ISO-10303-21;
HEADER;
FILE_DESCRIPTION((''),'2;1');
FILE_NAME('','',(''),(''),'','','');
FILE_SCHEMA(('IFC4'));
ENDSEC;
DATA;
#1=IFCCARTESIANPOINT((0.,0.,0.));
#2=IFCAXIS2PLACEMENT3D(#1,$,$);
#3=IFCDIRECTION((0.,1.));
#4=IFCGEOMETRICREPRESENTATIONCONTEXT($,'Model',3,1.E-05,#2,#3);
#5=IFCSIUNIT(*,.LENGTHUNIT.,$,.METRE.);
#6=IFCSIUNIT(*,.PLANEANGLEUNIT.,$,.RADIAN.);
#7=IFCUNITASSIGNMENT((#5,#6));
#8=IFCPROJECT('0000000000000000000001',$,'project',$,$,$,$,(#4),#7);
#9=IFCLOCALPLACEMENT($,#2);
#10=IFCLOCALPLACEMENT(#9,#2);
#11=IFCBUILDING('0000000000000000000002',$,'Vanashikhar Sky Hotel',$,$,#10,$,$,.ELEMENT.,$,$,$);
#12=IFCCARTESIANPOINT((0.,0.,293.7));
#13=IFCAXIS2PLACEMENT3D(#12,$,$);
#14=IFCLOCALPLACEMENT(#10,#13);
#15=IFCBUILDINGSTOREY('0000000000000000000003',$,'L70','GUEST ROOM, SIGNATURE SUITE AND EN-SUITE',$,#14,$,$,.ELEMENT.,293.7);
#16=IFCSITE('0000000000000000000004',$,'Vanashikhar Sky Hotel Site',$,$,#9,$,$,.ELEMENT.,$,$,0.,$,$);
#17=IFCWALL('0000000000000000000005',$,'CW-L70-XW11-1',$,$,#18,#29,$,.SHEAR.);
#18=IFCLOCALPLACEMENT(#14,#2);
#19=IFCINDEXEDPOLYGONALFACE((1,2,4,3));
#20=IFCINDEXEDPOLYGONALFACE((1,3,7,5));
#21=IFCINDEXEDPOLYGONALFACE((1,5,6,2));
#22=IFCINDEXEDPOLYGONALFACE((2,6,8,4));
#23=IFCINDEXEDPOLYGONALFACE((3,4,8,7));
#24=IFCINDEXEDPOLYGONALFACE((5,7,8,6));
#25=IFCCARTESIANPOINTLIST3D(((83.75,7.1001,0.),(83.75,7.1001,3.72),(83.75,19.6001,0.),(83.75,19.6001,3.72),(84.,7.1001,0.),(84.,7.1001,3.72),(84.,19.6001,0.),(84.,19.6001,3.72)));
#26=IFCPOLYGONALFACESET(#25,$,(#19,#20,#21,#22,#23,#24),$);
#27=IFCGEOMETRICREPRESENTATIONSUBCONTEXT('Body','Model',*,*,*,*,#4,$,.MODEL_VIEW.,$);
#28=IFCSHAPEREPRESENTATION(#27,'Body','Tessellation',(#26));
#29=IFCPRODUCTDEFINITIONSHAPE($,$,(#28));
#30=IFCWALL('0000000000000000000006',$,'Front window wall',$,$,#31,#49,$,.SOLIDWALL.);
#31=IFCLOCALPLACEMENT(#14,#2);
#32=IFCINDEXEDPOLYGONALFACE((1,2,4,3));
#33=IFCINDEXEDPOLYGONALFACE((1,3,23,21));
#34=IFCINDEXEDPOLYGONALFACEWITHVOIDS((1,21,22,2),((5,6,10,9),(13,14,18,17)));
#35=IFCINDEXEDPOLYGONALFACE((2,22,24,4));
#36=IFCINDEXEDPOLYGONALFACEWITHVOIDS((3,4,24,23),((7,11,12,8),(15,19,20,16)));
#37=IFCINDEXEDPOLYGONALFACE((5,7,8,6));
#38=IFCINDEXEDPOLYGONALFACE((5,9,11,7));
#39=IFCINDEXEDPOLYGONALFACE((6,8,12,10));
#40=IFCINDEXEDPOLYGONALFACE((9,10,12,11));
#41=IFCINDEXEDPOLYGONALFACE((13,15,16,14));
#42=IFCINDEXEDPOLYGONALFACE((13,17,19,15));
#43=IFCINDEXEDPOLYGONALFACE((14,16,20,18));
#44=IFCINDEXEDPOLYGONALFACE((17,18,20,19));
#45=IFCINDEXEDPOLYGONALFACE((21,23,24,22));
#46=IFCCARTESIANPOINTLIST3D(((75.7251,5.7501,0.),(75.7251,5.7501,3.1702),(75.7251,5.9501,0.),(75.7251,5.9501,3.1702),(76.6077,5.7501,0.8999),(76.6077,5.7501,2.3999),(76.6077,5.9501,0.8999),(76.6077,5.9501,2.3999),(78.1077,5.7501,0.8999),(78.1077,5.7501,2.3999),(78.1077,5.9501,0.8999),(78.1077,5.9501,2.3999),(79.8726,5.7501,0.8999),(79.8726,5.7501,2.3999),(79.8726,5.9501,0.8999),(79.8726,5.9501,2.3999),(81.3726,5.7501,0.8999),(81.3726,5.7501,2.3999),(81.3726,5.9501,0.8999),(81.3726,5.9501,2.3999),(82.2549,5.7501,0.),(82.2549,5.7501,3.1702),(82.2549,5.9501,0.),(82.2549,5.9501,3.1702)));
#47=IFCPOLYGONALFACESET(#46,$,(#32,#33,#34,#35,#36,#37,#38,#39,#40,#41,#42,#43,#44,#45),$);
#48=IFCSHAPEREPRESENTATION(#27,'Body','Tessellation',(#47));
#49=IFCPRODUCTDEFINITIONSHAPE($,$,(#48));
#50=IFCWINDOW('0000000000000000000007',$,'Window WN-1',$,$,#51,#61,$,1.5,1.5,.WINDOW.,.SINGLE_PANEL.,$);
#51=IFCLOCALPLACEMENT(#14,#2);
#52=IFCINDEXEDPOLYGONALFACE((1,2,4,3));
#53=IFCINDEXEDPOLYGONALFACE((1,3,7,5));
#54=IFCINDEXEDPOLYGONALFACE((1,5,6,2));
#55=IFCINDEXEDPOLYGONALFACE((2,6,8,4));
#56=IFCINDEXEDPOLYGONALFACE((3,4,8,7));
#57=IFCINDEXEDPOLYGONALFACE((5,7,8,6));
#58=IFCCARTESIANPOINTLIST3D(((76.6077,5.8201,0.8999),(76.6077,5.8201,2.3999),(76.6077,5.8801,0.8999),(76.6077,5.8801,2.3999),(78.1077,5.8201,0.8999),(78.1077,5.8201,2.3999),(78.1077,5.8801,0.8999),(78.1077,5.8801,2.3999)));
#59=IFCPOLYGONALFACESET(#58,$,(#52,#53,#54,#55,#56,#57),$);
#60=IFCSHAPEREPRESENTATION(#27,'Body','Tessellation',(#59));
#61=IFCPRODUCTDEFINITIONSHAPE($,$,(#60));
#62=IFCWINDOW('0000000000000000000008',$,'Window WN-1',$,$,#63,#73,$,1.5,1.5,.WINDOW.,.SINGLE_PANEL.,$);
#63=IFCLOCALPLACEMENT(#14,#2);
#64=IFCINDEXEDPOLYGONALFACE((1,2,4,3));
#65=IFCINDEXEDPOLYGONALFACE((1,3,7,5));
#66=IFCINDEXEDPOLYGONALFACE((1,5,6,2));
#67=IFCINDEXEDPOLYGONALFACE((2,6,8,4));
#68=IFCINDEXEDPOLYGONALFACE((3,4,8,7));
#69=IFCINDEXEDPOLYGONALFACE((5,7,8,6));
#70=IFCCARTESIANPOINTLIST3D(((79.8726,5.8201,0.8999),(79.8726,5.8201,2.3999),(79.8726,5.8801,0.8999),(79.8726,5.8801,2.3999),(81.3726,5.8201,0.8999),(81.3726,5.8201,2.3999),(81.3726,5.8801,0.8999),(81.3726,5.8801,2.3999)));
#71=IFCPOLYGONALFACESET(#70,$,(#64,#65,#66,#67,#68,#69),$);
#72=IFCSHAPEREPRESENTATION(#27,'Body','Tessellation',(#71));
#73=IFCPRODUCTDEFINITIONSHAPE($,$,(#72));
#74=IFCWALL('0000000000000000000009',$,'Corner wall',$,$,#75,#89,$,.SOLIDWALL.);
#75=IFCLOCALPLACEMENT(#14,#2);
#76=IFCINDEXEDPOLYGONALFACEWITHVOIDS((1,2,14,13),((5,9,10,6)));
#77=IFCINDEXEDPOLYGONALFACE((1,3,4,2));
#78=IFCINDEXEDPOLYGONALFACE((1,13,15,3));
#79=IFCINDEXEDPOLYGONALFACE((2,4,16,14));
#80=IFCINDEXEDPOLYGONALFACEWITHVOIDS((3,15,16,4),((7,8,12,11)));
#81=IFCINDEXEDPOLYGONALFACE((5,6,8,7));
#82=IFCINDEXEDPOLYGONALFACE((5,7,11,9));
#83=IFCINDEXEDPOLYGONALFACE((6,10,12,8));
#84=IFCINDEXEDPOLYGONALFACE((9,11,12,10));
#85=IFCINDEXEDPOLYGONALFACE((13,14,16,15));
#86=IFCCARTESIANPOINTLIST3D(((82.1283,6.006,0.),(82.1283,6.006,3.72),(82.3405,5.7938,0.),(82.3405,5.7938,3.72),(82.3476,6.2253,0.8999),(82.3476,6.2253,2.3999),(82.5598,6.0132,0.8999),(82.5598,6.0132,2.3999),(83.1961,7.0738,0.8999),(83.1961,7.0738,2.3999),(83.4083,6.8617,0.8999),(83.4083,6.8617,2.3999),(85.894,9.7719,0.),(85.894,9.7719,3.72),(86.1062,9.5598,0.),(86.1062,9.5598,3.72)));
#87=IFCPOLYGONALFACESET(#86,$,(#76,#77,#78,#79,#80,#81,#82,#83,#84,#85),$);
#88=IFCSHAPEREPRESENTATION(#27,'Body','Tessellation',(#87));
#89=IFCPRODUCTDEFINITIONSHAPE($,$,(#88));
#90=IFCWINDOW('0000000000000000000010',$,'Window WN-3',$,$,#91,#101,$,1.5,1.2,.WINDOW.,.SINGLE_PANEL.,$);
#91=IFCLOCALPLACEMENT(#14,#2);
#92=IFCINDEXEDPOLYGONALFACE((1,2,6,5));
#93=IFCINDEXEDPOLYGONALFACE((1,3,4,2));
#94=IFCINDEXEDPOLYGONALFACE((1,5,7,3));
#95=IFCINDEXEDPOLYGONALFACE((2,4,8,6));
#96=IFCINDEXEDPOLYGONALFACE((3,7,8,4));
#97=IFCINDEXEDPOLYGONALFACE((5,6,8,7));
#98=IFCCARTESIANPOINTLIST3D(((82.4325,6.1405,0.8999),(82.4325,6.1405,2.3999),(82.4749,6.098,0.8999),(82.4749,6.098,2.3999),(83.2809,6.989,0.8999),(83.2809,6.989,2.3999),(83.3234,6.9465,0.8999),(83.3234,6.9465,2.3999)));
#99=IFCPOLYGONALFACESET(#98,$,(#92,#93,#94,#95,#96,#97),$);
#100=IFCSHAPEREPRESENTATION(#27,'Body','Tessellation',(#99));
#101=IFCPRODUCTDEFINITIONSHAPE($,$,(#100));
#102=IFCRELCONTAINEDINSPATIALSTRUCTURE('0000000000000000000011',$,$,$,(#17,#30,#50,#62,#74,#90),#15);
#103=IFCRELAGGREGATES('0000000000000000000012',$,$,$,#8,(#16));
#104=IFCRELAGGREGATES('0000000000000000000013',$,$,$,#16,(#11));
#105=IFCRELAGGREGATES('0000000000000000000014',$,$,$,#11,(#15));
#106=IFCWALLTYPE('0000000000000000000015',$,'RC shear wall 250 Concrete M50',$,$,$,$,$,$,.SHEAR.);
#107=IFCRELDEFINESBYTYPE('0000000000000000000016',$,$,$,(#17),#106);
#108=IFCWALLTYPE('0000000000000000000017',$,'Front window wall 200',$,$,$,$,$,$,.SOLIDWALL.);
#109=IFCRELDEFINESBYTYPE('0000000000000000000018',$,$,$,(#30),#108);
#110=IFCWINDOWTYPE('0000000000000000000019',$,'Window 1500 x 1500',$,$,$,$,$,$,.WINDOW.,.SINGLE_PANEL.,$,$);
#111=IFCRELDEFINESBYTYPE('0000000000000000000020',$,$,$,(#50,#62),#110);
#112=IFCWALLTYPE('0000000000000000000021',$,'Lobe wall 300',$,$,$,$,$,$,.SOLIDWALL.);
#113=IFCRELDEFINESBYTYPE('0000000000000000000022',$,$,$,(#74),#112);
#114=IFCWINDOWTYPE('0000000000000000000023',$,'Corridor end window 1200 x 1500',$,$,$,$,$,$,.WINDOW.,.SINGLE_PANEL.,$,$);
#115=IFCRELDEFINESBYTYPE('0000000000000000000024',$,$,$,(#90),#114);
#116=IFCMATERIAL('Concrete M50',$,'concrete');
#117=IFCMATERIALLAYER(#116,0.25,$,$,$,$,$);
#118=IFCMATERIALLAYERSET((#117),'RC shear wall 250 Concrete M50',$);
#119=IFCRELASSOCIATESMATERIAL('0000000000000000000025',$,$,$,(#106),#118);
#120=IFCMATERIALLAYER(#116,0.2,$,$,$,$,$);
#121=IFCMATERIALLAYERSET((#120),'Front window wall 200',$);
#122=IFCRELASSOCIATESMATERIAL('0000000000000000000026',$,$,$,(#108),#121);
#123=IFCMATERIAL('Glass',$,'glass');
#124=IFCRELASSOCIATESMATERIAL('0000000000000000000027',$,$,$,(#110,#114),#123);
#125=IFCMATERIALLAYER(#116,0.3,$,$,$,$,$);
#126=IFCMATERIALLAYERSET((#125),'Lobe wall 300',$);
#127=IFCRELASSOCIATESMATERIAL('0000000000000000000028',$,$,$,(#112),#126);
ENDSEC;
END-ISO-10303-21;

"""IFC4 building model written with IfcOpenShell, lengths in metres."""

from ifc_helpers import new_model, si_unit, direction, frame, frame_2d, origin, place, context, subcontext, project, spatial, rectangle, extrude, source, transform, mapped, material, layer, layer_set, type_object, element, fill, save


model = new_model("IFC4")

# Units and contexts
model_context = context("Model", 3, precision=1e-05, world=origin(), true_north=direction((0.0, 1.0)))
body_context = subcontext(model_context, "Body", "Model", "MODEL_VIEW")
ifc_project = project(units=[si_unit("LENGTHUNIT", "METRE"), si_unit("PLANEANGLEUNIT", "RADIAN")], contexts=[model_context])

# Site, building, storey
site_placement = place(None, origin())
site = spatial("IfcSite", under=ifc_project, at=site_placement, Name="Vanashikhar Sky Hotel Site", CompositionType="ELEMENT", RefElevation=0.0)
building_placement = place(site_placement, origin())
building = spatial("IfcBuilding", under=site, at=building_placement, Name="Vanashikhar Sky Hotel", CompositionType="ELEMENT")
storey_placement = place(building_placement, frame((0.0, 0.0, 293.7)))
storey = spatial("IfcBuildingStorey", under=building, at=storey_placement, Name="L70", Description="GUEST ROOM, SIGNATURE SUITE AND EN-SUITE", CompositionType="ELEMENT", Elevation=293.7)

# Wall
ifc_material_1 = material(Name="Concrete M50", Category="concrete")
ifc_layer_1 = layer(ifc_material_1, 0.25)
ifc_layer_set_1 = layer_set([ifc_layer_1], Name="RC shear wall 250 Concrete M50")
wall_type_1 = type_object("IfcWallType", Name="RC shear wall 250 Concrete M50", PredefinedType="SHEAR", material=ifc_layer_set_1)
shared_shape_1 = source(origin(), body_context, "Body", "SweptSolid", [
    extrude(rectangle(XDim=12.5, YDim=0.25, at=frame_2d((6.25, 0.0))), origin(), (0.0, 0.0, 1.0), 3.72),
])
wall_1_placement = place(storey_placement, frame((83.875, 7.1001, 0.0), z_axis=(0.0, 0.0, 1.0), x_axis=(0.0, 1.0, 0.0)))
element("IfcWall", 1, at=wall_1_placement, inside=storey, type_object=wall_type_1, Name="CW-L70-XW11-1", PredefinedType="SHEAR", context=body_context, shape_type="MappedRepresentation", body=[
    mapped(shared_shape_1, transform((0.0, 0.0, 0.0), scale=1.0)),
])

# Wall, openings, windows
ifc_layer_2 = layer(ifc_material_1, 0.2)
ifc_layer_set_2 = layer_set([ifc_layer_2], Name="Front window wall 200")
wall_type_2 = type_object("IfcWallType", Name="Front window wall 200", PredefinedType="SOLIDWALL", material=ifc_layer_set_2)
shared_shape_2 = source(origin(), body_context, "Body", "SweptSolid", [
    extrude(rectangle(XDim=6.5298, YDim=0.2, at=frame_2d((3.2649, 0.0))), origin(), (0.0, 0.0, 1.0), 3.1702),
])
wall_2_placement = place(storey_placement, frame((75.7251, 5.8501, 0.0), z_axis=(0.0, 0.0, 1.0), x_axis=(1.0, 0.0, 0.0)))
wall_2 = element("IfcWall", 2, at=wall_2_placement, inside=storey, type_object=wall_type_2, Name="Front window wall", PredefinedType="SOLIDWALL", context=body_context, shape_type="MappedRepresentation", body=[
    mapped(shared_shape_2, transform((0.0, 0.0, 0.0), scale=1.0)),
])
shared_shape_3 = source(origin(), body_context, "Body", "SweptSolid", [
    extrude(rectangle(XDim=1.5, YDim=1.5, at=frame_2d((0.75, 0.75))), frame((0.0, 0.1099, 0.0), z_axis=(0.0, -1.0, 0.0), x_axis=(1.0, 0.0, 0.0)), (0.0, 0.0, 1.0), 0.22),
])
opening_1_placement = place(wall_2_placement, frame((0.8826, 0.0, 0.8999)))
opening_1 = element("IfcOpeningElement", 3, at=opening_1_placement, cuts=wall_2, PredefinedType="OPENING", context=body_context, shape_type="MappedRepresentation", body=[
    mapped(shared_shape_3, transform((0.0, 0.0, 0.0), scale=1.0)),
])
opening_2_placement = place(wall_2_placement, frame((4.1475, 0.0, 0.8999)))
opening_2 = element("IfcOpeningElement", 4, at=opening_2_placement, cuts=wall_2, PredefinedType="OPENING", context=body_context, shape_type="MappedRepresentation", body=[
    mapped(shared_shape_3, transform((0.0, 0.0, 0.0), scale=1.0)),
])
ifc_material_2 = material(Name="Glass", Category="glass")
window_type_1 = type_object("IfcWindowType", Name="Window 1500 x 1500", PartitioningType="SINGLE_PANEL", PredefinedType="WINDOW", material=ifc_material_2)
shared_shape_4 = source(origin(), body_context, "Body", "SweptSolid", [
    extrude(rectangle(XDim=1.5, YDim=1.5, at=frame_2d((0.75, 0.75))), frame((0.0, 0.03, 0.0), z_axis=(0.0, -1.0, 0.0), x_axis=(1.0, 0.0, 0.0)), (0.0, 0.0, 1.0), 0.0601),
])
window_1_placement = place(opening_1_placement, origin())
window_1 = element("IfcWindow", 5, at=window_1_placement, inside=storey, type_object=window_type_1, Name="Window WN-1", OverallHeight=1.5, OverallWidth=1.5, PartitioningType="SINGLE_PANEL", PredefinedType="WINDOW", context=body_context, shape_type="MappedRepresentation", body=[
    mapped(shared_shape_4, transform((0.0, 0.0, 0.0), scale=1.0)),
])
fill(opening_1, window_1)
window_2_placement = place(opening_2_placement, origin())
window_2 = element("IfcWindow", 6, at=window_2_placement, inside=storey, type_object=window_type_1, Name="Window WN-1", OverallHeight=1.5, OverallWidth=1.5, PartitioningType="SINGLE_PANEL", PredefinedType="WINDOW", context=body_context, shape_type="MappedRepresentation", body=[
    mapped(shared_shape_4, transform((0.0, 0.0, 0.0), scale=1.0)),
])
fill(opening_2, window_2)

# Wall, opening, window
ifc_layer_3 = layer(ifc_material_1, 0.3)
ifc_layer_set_3 = layer_set([ifc_layer_3], Name="Lobe wall 300")
wall_type_3 = type_object("IfcWallType", Name="Lobe wall 300", PredefinedType="SOLIDWALL", material=ifc_layer_set_3)
shared_shape_5 = source(origin(), body_context, "Body", "SweptSolid", [
    extrude(rectangle(XDim=5.3257, YDim=0.3, at=frame_2d((2.6628, 0.0))), origin(), (0.0, 0.0, 1.0), 3.72),
])
wall_3_placement = place(storey_placement, frame((82.2344, 5.8999, 0.0), z_axis=(0.0, 0.0, 1.0), x_axis=(0.707084, 0.70713, 0.0)))
wall_3 = element("IfcWall", 7, at=wall_3_placement, inside=storey, type_object=wall_type_3, Name="Corner wall", PredefinedType="SOLIDWALL", context=body_context, shape_type="MappedRepresentation", body=[
    mapped(shared_shape_5, transform((0.0, 0.0, 0.0), scale=1.0)),
])
shared_shape_6 = source(origin(), body_context, "Body", "SweptSolid", [
    extrude(rectangle(XDim=1.2, YDim=1.5, at=frame_2d((0.6001, 0.75))), frame((0.0, 0.1602, 0.0), z_axis=(0.0, -1.0, 0.0), x_axis=(1.0, 0.0, 0.0)), (0.0, 0.0, 1.0), 0.3201),
])
opening_3_placement = place(wall_3_placement, frame((0.3101, 0.0, 0.8999)))
opening_3 = element("IfcOpeningElement", 8, at=opening_3_placement, cuts=wall_3, PredefinedType="OPENING", context=body_context, shape_type="MappedRepresentation", body=[
    mapped(shared_shape_6, transform((0.0, 0.0, 0.0), scale=1.0)),
])
window_type_2 = type_object("IfcWindowType", Name="Corridor end window 1200 x 1500", PartitioningType="SINGLE_PANEL", PredefinedType="WINDOW", material=ifc_material_2)
shared_shape_7 = source(origin(), body_context, "Body", "SweptSolid", [
    extrude(rectangle(XDim=1.2, YDim=1.5, at=frame_2d((0.6001, 0.75))), frame((0.0, 0.03, 0.0), z_axis=(0.0, -1.0, 0.0), x_axis=(1.0, 0.0, 0.0)), (0.0, 0.0, 1.0), 0.0601),
])
window_3_placement = place(opening_3_placement, origin())
window_3 = element("IfcWindow", 9, at=window_3_placement, inside=storey, type_object=window_type_2, Name="Window WN-3", OverallHeight=1.5, OverallWidth=1.2, PartitioningType="SINGLE_PANEL", PredefinedType="WINDOW", context=body_context, shape_type="MappedRepresentation", body=[
    mapped(shared_shape_7, transform((0.0, 0.0, 0.0), scale=1.0)),
])
fill(opening_3, window_3)

save(model, "model.ifc")
